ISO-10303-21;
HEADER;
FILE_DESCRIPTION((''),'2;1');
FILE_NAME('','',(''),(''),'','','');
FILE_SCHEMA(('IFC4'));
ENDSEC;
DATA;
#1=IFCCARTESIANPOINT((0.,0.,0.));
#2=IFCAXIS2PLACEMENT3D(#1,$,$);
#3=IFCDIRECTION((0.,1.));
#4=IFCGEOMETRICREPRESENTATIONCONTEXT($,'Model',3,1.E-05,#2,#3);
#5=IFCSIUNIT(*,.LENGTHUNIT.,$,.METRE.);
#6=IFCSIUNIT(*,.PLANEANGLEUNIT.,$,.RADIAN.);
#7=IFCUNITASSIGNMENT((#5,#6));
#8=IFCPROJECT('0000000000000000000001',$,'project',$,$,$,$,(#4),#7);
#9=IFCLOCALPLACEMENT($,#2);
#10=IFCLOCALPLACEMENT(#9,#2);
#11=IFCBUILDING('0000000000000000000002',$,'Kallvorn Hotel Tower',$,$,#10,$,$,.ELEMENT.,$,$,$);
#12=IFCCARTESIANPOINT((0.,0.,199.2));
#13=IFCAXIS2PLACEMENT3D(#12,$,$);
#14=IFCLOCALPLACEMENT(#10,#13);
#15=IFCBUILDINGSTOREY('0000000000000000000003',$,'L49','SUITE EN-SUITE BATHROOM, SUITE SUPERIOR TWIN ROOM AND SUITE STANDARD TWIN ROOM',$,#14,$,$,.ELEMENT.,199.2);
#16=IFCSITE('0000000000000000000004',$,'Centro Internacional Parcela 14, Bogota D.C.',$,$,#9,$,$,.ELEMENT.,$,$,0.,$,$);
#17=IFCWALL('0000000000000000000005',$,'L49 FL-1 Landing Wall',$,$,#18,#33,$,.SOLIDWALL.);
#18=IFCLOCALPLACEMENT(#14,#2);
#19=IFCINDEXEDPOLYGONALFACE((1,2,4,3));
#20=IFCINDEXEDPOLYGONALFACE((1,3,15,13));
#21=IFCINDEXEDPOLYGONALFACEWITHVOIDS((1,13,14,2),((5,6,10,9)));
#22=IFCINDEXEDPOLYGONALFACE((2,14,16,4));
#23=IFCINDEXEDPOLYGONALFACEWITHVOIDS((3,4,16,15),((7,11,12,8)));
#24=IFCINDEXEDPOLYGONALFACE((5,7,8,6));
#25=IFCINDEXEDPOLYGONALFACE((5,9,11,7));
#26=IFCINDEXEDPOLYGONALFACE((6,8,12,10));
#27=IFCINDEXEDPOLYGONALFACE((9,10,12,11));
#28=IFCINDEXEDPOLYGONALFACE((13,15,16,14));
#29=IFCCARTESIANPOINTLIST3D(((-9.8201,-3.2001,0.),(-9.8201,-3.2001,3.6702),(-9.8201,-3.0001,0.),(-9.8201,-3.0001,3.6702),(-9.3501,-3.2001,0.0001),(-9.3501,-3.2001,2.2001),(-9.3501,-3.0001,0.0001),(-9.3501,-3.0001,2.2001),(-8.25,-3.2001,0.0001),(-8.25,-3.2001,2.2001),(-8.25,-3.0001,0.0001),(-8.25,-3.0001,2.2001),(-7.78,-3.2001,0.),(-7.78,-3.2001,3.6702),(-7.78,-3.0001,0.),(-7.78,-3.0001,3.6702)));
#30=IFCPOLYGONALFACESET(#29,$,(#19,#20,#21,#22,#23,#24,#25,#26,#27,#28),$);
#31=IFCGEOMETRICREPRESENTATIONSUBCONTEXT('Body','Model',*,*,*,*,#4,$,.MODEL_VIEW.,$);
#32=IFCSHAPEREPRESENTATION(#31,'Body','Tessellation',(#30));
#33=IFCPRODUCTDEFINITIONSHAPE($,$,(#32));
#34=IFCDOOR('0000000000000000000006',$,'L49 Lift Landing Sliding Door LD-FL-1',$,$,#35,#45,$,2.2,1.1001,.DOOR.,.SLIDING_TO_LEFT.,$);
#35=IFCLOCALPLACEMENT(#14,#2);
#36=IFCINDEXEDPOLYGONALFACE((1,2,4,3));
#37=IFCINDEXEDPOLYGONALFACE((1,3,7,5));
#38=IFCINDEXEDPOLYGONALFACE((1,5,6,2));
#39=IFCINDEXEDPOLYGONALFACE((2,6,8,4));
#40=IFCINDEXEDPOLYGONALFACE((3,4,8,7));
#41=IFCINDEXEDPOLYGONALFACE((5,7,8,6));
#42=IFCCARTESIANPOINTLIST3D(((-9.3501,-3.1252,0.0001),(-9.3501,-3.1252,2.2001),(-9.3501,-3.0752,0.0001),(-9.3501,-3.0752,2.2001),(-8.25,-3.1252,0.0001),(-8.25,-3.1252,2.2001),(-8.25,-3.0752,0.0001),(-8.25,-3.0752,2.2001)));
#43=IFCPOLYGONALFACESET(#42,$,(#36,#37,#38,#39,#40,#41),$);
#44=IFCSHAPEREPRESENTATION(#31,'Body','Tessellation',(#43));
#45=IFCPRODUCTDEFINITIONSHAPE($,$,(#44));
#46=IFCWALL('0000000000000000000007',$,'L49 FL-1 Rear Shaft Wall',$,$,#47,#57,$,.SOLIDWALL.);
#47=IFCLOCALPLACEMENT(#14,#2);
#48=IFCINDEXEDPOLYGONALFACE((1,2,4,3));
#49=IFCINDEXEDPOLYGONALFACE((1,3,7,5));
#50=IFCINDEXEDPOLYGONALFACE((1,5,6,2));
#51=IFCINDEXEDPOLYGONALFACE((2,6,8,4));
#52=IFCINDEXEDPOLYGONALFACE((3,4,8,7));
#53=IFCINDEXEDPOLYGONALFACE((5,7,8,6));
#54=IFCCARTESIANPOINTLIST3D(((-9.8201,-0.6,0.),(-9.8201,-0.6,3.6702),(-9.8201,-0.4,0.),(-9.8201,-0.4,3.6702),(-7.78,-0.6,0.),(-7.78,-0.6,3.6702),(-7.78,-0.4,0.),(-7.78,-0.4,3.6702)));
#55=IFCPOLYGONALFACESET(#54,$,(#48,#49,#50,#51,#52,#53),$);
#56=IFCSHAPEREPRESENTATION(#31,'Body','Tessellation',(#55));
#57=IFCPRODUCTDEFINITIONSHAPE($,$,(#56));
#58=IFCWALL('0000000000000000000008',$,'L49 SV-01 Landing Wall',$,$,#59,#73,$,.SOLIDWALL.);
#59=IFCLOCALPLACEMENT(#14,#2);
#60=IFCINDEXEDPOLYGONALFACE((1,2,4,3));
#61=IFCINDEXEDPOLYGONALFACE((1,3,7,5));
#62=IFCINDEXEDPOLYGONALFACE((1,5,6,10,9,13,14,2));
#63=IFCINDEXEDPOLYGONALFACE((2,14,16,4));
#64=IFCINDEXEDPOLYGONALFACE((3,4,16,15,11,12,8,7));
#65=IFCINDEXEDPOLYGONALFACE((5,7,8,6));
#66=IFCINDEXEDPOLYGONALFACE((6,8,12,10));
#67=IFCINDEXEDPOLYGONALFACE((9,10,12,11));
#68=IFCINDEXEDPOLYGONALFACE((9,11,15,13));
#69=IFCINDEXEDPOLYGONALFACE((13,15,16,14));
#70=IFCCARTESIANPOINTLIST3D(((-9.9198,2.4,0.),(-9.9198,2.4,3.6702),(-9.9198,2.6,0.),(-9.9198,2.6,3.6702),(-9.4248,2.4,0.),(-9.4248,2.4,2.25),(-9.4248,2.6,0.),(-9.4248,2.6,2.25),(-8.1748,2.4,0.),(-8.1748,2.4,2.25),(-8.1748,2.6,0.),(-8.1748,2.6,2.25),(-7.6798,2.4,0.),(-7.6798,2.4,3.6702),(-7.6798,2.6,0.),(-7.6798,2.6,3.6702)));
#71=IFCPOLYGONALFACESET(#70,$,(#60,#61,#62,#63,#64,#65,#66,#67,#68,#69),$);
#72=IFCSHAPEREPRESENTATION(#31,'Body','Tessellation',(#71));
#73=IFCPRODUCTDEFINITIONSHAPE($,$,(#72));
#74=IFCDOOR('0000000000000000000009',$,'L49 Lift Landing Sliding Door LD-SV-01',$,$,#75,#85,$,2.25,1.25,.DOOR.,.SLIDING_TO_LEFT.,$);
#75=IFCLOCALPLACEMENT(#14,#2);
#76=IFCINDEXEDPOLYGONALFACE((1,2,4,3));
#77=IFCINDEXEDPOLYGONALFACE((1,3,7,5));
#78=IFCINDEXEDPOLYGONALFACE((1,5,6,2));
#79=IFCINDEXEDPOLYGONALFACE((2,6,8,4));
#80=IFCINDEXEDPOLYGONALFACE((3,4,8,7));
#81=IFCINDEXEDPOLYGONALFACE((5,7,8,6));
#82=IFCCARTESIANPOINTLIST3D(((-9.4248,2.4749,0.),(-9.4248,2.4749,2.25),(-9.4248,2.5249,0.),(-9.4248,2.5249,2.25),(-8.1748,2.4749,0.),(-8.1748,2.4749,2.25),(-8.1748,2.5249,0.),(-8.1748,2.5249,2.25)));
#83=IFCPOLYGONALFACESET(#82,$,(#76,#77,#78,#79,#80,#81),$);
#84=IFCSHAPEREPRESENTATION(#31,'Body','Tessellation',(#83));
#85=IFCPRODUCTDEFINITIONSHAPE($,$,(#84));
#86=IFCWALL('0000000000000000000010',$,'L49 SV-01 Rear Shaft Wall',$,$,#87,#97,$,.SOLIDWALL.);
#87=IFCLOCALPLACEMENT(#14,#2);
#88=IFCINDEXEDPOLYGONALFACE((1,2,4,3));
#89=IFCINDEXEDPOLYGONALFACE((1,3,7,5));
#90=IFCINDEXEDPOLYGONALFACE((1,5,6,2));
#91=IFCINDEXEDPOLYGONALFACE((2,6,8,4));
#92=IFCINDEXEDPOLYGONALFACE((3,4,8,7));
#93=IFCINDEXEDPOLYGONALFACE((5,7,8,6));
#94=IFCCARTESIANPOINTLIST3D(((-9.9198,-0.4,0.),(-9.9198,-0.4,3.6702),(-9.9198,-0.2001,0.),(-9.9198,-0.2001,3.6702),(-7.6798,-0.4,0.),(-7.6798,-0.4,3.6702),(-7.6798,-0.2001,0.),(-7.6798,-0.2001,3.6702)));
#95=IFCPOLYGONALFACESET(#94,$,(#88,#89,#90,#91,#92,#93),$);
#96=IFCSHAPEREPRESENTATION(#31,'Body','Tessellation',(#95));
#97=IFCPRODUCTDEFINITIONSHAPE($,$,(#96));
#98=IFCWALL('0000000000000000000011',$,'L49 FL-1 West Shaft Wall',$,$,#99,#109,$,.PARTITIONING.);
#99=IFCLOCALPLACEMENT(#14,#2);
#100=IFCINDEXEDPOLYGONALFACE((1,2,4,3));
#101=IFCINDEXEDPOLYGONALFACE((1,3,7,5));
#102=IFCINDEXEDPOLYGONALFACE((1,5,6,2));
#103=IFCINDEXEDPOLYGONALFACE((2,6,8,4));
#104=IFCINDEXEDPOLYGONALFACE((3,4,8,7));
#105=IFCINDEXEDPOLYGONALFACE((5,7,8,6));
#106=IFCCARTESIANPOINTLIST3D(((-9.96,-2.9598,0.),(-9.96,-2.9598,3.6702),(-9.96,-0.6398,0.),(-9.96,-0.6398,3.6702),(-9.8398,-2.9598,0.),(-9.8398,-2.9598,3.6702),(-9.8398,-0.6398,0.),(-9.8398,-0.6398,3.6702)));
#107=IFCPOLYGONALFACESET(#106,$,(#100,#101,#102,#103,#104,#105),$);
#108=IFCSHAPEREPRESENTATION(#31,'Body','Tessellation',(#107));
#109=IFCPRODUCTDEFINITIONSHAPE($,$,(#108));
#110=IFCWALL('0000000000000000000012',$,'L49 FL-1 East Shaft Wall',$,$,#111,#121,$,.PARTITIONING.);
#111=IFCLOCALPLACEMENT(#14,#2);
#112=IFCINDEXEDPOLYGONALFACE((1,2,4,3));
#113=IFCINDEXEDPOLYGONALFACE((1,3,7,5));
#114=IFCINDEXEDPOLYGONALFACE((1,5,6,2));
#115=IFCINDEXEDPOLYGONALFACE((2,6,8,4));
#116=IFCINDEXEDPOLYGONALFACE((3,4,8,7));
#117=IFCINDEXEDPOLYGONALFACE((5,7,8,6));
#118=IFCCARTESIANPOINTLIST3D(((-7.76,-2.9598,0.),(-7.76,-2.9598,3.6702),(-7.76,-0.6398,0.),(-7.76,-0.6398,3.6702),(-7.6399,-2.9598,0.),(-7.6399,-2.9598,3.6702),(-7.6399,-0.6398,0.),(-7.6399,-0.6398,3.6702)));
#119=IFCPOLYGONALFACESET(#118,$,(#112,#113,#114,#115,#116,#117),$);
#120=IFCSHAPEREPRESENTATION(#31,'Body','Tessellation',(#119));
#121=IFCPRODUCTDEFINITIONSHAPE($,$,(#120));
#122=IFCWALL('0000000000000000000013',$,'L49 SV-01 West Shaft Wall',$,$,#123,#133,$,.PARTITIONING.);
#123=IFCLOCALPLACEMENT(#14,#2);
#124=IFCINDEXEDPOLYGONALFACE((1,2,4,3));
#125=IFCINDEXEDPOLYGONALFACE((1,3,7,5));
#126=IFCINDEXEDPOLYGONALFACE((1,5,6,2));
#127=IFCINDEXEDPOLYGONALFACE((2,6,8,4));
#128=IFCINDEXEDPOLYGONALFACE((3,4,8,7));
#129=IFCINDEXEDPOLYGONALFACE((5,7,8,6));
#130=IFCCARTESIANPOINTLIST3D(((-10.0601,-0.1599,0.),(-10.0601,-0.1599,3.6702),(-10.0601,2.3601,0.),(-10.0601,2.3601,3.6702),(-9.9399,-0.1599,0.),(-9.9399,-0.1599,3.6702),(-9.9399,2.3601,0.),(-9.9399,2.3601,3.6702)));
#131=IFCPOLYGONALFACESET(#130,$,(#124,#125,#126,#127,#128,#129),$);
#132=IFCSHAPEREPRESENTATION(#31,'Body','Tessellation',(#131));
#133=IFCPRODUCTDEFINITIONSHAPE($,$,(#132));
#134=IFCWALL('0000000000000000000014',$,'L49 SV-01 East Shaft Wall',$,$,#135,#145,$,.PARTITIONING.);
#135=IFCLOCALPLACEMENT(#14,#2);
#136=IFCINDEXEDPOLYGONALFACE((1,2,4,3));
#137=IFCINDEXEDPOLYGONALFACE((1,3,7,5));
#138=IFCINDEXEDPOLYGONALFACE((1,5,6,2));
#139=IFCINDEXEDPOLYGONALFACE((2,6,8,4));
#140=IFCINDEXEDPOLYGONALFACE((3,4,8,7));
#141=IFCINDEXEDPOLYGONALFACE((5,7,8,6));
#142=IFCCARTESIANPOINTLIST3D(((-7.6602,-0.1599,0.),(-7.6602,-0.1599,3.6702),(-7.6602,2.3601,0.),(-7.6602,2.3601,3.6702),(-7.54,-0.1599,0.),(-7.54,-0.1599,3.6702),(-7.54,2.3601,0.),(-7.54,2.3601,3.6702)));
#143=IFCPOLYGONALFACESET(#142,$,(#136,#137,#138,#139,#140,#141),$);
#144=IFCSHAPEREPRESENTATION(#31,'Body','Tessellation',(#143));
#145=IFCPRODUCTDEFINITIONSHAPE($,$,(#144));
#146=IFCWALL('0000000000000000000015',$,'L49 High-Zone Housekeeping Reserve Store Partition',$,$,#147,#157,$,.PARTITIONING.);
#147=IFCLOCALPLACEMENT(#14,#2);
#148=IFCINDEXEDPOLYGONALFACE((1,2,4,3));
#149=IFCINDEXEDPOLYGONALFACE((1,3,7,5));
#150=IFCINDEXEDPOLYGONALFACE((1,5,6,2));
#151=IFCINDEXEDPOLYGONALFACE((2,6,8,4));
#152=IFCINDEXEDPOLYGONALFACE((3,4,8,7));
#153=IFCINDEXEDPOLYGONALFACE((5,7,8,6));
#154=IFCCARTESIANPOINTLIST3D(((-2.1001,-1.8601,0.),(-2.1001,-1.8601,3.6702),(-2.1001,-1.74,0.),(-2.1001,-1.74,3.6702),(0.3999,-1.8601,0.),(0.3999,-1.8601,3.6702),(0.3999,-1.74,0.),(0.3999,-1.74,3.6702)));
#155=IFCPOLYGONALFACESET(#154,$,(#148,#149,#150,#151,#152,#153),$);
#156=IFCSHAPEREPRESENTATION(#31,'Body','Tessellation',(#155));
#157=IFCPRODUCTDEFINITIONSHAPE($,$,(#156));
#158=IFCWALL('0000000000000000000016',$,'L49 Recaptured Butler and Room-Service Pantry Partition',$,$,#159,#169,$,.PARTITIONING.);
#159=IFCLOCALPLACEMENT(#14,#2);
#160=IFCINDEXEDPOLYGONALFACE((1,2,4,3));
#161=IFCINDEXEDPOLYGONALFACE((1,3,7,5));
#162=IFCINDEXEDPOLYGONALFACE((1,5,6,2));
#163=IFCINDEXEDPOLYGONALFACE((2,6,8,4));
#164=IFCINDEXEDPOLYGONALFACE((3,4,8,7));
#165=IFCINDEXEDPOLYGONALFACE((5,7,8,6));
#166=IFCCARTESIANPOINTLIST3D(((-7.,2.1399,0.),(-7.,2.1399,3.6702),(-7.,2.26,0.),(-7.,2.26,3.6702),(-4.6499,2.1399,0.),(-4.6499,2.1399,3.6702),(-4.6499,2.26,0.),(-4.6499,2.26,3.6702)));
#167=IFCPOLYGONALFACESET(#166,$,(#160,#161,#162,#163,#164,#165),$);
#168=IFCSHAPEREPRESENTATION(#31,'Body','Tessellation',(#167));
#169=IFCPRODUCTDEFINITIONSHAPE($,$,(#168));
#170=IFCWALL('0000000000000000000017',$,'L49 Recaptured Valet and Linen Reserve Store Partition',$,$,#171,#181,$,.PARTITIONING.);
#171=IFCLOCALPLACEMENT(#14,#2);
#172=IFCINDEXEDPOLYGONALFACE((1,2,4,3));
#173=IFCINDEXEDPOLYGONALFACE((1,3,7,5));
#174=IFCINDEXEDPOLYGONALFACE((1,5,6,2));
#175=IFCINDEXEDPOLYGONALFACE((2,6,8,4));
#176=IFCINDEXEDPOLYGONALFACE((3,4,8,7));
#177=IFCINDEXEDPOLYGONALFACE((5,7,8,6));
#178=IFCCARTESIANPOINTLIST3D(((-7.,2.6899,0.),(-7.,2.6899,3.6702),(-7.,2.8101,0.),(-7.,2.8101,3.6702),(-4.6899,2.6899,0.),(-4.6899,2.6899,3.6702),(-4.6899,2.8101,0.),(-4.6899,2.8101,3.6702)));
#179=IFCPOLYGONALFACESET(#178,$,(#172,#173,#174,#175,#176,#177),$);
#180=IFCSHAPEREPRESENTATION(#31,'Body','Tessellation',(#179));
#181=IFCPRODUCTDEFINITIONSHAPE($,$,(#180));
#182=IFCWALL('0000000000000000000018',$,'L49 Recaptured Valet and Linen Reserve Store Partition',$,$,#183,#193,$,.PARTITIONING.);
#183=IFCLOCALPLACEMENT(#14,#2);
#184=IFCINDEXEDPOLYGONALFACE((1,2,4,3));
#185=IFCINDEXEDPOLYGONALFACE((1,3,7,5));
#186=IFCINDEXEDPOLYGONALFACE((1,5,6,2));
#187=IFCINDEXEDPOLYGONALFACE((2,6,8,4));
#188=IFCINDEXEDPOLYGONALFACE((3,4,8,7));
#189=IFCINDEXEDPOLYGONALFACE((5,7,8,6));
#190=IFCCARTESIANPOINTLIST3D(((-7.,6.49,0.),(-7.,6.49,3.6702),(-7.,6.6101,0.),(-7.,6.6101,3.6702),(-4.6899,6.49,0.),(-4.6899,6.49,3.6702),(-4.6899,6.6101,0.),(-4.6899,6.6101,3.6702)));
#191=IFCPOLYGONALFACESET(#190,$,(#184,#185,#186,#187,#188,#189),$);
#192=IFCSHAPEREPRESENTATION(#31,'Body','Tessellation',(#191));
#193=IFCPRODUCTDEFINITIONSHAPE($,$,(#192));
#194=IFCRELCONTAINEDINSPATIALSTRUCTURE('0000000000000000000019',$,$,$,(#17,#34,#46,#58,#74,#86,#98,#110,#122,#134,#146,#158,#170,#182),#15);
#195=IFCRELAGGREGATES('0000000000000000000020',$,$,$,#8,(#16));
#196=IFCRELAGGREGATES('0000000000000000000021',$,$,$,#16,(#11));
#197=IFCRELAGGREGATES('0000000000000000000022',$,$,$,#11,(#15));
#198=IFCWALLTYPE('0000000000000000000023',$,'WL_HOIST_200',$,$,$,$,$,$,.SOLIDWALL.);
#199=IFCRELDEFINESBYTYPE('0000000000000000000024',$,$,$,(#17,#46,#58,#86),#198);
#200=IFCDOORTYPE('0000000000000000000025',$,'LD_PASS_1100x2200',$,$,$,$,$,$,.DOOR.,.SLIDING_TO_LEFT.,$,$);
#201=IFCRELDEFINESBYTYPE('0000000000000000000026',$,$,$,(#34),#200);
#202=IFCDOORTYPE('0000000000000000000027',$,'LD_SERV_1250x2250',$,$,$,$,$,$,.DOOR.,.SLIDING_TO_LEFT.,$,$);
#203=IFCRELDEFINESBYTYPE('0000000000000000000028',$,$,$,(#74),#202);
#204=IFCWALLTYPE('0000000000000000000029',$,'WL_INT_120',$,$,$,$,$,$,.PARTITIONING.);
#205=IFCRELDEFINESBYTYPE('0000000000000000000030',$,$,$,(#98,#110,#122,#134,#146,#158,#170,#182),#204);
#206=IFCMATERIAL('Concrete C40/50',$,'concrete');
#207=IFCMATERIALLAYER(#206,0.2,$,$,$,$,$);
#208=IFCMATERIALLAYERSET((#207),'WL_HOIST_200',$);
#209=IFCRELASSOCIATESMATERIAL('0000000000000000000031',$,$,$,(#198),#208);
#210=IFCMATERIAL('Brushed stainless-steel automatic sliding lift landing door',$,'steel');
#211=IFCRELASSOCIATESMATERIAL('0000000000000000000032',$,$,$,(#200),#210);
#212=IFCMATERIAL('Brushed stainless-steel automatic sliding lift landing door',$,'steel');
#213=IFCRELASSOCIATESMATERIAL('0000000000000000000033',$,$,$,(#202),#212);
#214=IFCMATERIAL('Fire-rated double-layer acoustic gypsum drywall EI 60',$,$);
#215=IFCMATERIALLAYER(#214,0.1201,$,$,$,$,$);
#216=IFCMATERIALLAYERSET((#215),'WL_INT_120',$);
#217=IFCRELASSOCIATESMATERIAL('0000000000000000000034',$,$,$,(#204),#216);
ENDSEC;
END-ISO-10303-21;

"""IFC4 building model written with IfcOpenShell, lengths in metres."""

from ifc_helpers import new_model, si_unit, direction, frame, frame_2d, origin, place, context, subcontext, project, spatial, rectangle, extrude, material, layer, layer_set, type_object, element, fill, save


model = new_model("IFC4")

# Units and contexts
model_context = context("Model", 3, precision=1e-05, world=origin(), true_north=direction((0.0, 1.0)))
body_context = subcontext(model_context, "Body", "Model", "MODEL_VIEW")
ifc_project = project(units=[si_unit("LENGTHUNIT", "METRE"), si_unit("PLANEANGLEUNIT", "RADIAN")], contexts=[model_context])

# Site, building, storey
site_placement = place(None, origin())
site = spatial("IfcSite", under=ifc_project, at=site_placement, Name="Centro Internacional Parcela 14, Bogota D.C.", CompositionType="ELEMENT", RefElevation=0.0)
building_placement = place(site_placement, origin())
building = spatial("IfcBuilding", under=site, at=building_placement, Name="Kallvorn Hotel Tower", CompositionType="ELEMENT")
storey_placement = place(building_placement, frame((0.0, 0.0, 199.2)))
storey = spatial("IfcBuildingStorey", under=building, at=storey_placement, Name="L49", Description="SUITE EN-SUITE BATHROOM, SUITE SUPERIOR TWIN ROOM AND SUITE STANDARD TWIN ROOM", CompositionType="ELEMENT", Elevation=199.2)

# Shared definitions
ifc_material_1 = material(Name="Concrete C40/50", Category="concrete")
ifc_layer_1 = layer(ifc_material_1, 0.2)
ifc_layer_set_1 = layer_set([ifc_layer_1], Name="WL_HOIST_200")
wall_type_1 = type_object("IfcWallType", Name="WL_HOIST_200", PredefinedType="SOLIDWALL", material=ifc_layer_set_1)

# Wall, opening, door
wall_1_placement = place(storey_placement, frame((-9.8201, -3.1001, 0.0), z_axis=(0.0, 0.0, 1.0), x_axis=(1.0, 0.0, 0.0)))
wall_1 = element("IfcWall", 1, at=wall_1_placement, inside=storey, type_object=wall_type_1, Name="L49 FL-1 Landing Wall", PredefinedType="SOLIDWALL", context=body_context, shape_type="SweptSolid", body=[
    extrude(rectangle(XDim=2.04, YDim=0.2, at=frame_2d((1.02, 0.0))), origin(), (0.0, 0.0, 1.0), 3.6702),
])
opening_1_placement = place(wall_1_placement, frame((0.47, 0.0, 0.0)))
opening_1 = element("IfcOpeningElement", 2, at=opening_1_placement, cuts=wall_1, PredefinedType="OPENING", context=body_context, shape_type="SweptSolid", body=[
    extrude(rectangle(XDim=1.1001, YDim=2.2, at=frame_2d((0.55, 1.1001))), frame((0.0, 0.115, 0.0), z_axis=(0.0, -1.0, 0.0), x_axis=(1.0, 0.0, 0.0)), (0.0, 0.0, 1.0), 0.23),
])
ifc_material_2 = material(Name="Brushed stainless-steel automatic sliding lift landing door", Category="steel")
door_type_1 = type_object("IfcDoorType", Name="LD_PASS_1100x2200", OperationType="SLIDING_TO_LEFT", PredefinedType="DOOR", material=ifc_material_2)
door_1_placement = place(opening_1_placement, origin())
door_1 = element("IfcDoor", 3, at=door_1_placement, inside=storey, type_object=door_type_1, Name="L49 Lift Landing Sliding Door LD-FL-1", OperationType="SLIDING_TO_LEFT", OverallHeight=2.2, OverallWidth=1.1001, PredefinedType="DOOR", context=body_context, shape_type="SweptSolid", body=[
    extrude(rectangle(XDim=1.1001, YDim=2.2, at=frame_2d((0.55, 1.1001))), frame((0.0, 0.0249, 0.0), z_axis=(0.0, -1.0, 0.0), x_axis=(1.0, 0.0, 0.0)), (0.0, 0.0, 1.0), 0.05),
])
fill(opening_1, door_1)

# Wall
wall_2_placement = place(storey_placement, frame((-9.8201, -0.5, 0.0), z_axis=(0.0, 0.0, 1.0), x_axis=(1.0, 0.0, 0.0)))
element("IfcWall", 4, at=wall_2_placement, inside=storey, type_object=wall_type_1, Name="L49 FL-1 Rear Shaft Wall", PredefinedType="SOLIDWALL", context=body_context, shape_type="SweptSolid", body=[
    extrude(rectangle(XDim=2.04, YDim=0.2, at=frame_2d((1.02, 0.0))), origin(), (0.0, 0.0, 1.0), 3.6702),
])

# Wall, opening, door
wall_3_placement = place(storey_placement, frame((-9.9199, 2.5, 0.0), z_axis=(0.0, 0.0, 1.0), x_axis=(1.0, 0.0, 0.0)))
wall_3 = element("IfcWall", 5, at=wall_3_placement, inside=storey, type_object=wall_type_1, Name="L49 SV-01 Landing Wall", PredefinedType="SOLIDWALL", context=body_context, shape_type="SweptSolid", body=[
    extrude(rectangle(XDim=2.24, YDim=0.2, at=frame_2d((1.1201, 0.0))), origin(), (0.0, 0.0, 1.0), 3.6702),
])
opening_2_placement = place(wall_3_placement, frame((0.4951, 0.0, 0.0)))
opening_2 = element("IfcOpeningElement", 6, at=opening_2_placement, cuts=wall_3, PredefinedType="OPENING", context=body_context, shape_type="SweptSolid", body=[
    extrude(rectangle(XDim=1.25, YDim=2.25, at=frame_2d((0.625, 1.125))), frame((0.0, 0.115, 0.0), z_axis=(0.0, -1.0, 0.0), x_axis=(1.0, 0.0, 0.0)), (0.0, 0.0, 1.0), 0.23),
])
ifc_material_3 = material(Name="Brushed stainless-steel automatic sliding lift landing door", Category="steel")
door_type_2 = type_object("IfcDoorType", Name="LD_SERV_1250x2250", OperationType="SLIDING_TO_LEFT", PredefinedType="DOOR", material=ifc_material_3)
door_2_placement = place(opening_2_placement, origin())
door_2 = element("IfcDoor", 7, at=door_2_placement, inside=storey, type_object=door_type_2, Name="L49 Lift Landing Sliding Door LD-SV-01", OperationType="SLIDING_TO_LEFT", OverallHeight=2.25, OverallWidth=1.25, PredefinedType="DOOR", context=body_context, shape_type="SweptSolid", body=[
    extrude(rectangle(XDim=1.25, YDim=2.25, at=frame_2d((0.625, 1.125))), frame((0.0, 0.0249, 0.0), z_axis=(0.0, -1.0, 0.0), x_axis=(1.0, 0.0, 0.0)), (0.0, 0.0, 1.0), 0.05),
])
fill(opening_2, door_2)

# Walls
wall_4_placement = place(storey_placement, frame((-9.9199, -0.3, 0.0), z_axis=(0.0, 0.0, 1.0), x_axis=(1.0, 0.0, 0.0)))
element("IfcWall", 8, at=wall_4_placement, inside=storey, type_object=wall_type_1, Name="L49 SV-01 Rear Shaft Wall", PredefinedType="SOLIDWALL", context=body_context, shape_type="SweptSolid", body=[
    extrude(rectangle(XDim=2.24, YDim=0.2, at=frame_2d((1.1201, 0.0))), origin(), (0.0, 0.0, 1.0), 3.6702),
])
ifc_material_4 = material(Name="Fire-rated double-layer acoustic gypsum drywall EI 60")
ifc_layer_2 = layer(ifc_material_4, 0.1201)
ifc_layer_set_2 = layer_set([ifc_layer_2], Name="WL_INT_120")
wall_type_2 = type_object("IfcWallType", Name="WL_INT_120", PredefinedType="PARTITIONING", material=ifc_layer_set_2)
for number, where, z_axis, x_axis, name in (
    (9, (-9.8999, -2.96, 0.0), (0.0, 0.0, 1.0), (0.0, 1.0, 0.0), "L49 FL-1 West Shaft Wall"),
    (10, (-7.7, -2.96, 0.0), (0.0, 0.0, 1.0), (0.0, 1.0, 0.0), "L49 FL-1 East Shaft Wall"),
):
    element("IfcWall", number, at=place(storey_placement, frame(where, z_axis=z_axis, x_axis=x_axis)), inside=storey, type_object=wall_type_2, Name=name, PredefinedType="PARTITIONING", context=body_context, shape_type="SweptSolid", body=[
        extrude(rectangle(XDim=2.3201, YDim=0.1201, at=frame_2d((1.1602, 0.0))), origin(), (0.0, 0.0, 1.0), 3.6702),
    ])
for number, where, z_axis, x_axis, name in (
    (11, (-10.0, -0.1599, 0.0), (0.0, 0.0, 1.0), (0.0, 1.0, 0.0), "L49 SV-01 West Shaft Wall"),
    (12, (-7.6001, -0.1599, 0.0), (0.0, 0.0, 1.0), (0.0, 1.0, 0.0), "L49 SV-01 East Shaft Wall"),
):
    element("IfcWall", number, at=place(storey_placement, frame(where, z_axis=z_axis, x_axis=x_axis)), inside=storey, type_object=wall_type_2, Name=name, PredefinedType="PARTITIONING", context=body_context, shape_type="SweptSolid", body=[
        extrude(rectangle(XDim=2.52, YDim=0.1201, at=frame_2d((1.26, 0.0))), origin(), (0.0, 0.0, 1.0), 3.6702),
    ])
wall_5_placement = place(storey_placement, frame((-2.1001, -1.8, 0.0), z_axis=(0.0, 0.0, 1.0), x_axis=(1.0, 0.0, 0.0)))
element("IfcWall", 13, at=wall_5_placement, inside=storey, type_object=wall_type_2, Name="L49 High-Zone Housekeeping Reserve Store Partition", PredefinedType="PARTITIONING", context=body_context, shape_type="SweptSolid", body=[
    extrude(rectangle(XDim=2.5, YDim=0.1201, at=frame_2d((1.25, 0.0))), origin(), (0.0, 0.0, 1.0), 3.6702),
])
wall_6_placement = place(storey_placement, frame((-7.0, 2.2, 0.0), z_axis=(0.0, 0.0, 1.0), x_axis=(1.0, 0.0, 0.0)))
element("IfcWall", 14, at=wall_6_placement, inside=storey, type_object=wall_type_2, Name="L49 Recaptured Butler and Room-Service Pantry Partition", PredefinedType="PARTITIONING", context=body_context, shape_type="SweptSolid", body=[
    extrude(rectangle(XDim=2.3501, YDim=0.1201, at=frame_2d((1.175, 0.0))), origin(), (0.0, 0.0, 1.0), 3.6702),
])
for number, where, z_axis, x_axis, name in (
    (15, (-7.0, 2.75, 0.0), (0.0, 0.0, 1.0), (1.0, 0.0, 0.0), "L49 Recaptured Valet and Linen Reserve Store Partition"),
    (16, (-7.0, 6.55, 0.0), (0.0, 0.0, 1.0), (1.0, 0.0, 0.0), "L49 Recaptured Valet and Linen Reserve Store Partition"),
):
    element("IfcWall", number, at=place(storey_placement, frame(where, z_axis=z_axis, x_axis=x_axis)), inside=storey, type_object=wall_type_2, Name=name, PredefinedType="PARTITIONING", context=body_context, shape_type="SweptSolid", body=[
        extrude(rectangle(XDim=2.3101, YDim=0.1201, at=frame_2d((1.155, 0.0))), origin(), (0.0, 0.0, 1.0), 3.6702),
    ])

save(model, "model.ifc")
